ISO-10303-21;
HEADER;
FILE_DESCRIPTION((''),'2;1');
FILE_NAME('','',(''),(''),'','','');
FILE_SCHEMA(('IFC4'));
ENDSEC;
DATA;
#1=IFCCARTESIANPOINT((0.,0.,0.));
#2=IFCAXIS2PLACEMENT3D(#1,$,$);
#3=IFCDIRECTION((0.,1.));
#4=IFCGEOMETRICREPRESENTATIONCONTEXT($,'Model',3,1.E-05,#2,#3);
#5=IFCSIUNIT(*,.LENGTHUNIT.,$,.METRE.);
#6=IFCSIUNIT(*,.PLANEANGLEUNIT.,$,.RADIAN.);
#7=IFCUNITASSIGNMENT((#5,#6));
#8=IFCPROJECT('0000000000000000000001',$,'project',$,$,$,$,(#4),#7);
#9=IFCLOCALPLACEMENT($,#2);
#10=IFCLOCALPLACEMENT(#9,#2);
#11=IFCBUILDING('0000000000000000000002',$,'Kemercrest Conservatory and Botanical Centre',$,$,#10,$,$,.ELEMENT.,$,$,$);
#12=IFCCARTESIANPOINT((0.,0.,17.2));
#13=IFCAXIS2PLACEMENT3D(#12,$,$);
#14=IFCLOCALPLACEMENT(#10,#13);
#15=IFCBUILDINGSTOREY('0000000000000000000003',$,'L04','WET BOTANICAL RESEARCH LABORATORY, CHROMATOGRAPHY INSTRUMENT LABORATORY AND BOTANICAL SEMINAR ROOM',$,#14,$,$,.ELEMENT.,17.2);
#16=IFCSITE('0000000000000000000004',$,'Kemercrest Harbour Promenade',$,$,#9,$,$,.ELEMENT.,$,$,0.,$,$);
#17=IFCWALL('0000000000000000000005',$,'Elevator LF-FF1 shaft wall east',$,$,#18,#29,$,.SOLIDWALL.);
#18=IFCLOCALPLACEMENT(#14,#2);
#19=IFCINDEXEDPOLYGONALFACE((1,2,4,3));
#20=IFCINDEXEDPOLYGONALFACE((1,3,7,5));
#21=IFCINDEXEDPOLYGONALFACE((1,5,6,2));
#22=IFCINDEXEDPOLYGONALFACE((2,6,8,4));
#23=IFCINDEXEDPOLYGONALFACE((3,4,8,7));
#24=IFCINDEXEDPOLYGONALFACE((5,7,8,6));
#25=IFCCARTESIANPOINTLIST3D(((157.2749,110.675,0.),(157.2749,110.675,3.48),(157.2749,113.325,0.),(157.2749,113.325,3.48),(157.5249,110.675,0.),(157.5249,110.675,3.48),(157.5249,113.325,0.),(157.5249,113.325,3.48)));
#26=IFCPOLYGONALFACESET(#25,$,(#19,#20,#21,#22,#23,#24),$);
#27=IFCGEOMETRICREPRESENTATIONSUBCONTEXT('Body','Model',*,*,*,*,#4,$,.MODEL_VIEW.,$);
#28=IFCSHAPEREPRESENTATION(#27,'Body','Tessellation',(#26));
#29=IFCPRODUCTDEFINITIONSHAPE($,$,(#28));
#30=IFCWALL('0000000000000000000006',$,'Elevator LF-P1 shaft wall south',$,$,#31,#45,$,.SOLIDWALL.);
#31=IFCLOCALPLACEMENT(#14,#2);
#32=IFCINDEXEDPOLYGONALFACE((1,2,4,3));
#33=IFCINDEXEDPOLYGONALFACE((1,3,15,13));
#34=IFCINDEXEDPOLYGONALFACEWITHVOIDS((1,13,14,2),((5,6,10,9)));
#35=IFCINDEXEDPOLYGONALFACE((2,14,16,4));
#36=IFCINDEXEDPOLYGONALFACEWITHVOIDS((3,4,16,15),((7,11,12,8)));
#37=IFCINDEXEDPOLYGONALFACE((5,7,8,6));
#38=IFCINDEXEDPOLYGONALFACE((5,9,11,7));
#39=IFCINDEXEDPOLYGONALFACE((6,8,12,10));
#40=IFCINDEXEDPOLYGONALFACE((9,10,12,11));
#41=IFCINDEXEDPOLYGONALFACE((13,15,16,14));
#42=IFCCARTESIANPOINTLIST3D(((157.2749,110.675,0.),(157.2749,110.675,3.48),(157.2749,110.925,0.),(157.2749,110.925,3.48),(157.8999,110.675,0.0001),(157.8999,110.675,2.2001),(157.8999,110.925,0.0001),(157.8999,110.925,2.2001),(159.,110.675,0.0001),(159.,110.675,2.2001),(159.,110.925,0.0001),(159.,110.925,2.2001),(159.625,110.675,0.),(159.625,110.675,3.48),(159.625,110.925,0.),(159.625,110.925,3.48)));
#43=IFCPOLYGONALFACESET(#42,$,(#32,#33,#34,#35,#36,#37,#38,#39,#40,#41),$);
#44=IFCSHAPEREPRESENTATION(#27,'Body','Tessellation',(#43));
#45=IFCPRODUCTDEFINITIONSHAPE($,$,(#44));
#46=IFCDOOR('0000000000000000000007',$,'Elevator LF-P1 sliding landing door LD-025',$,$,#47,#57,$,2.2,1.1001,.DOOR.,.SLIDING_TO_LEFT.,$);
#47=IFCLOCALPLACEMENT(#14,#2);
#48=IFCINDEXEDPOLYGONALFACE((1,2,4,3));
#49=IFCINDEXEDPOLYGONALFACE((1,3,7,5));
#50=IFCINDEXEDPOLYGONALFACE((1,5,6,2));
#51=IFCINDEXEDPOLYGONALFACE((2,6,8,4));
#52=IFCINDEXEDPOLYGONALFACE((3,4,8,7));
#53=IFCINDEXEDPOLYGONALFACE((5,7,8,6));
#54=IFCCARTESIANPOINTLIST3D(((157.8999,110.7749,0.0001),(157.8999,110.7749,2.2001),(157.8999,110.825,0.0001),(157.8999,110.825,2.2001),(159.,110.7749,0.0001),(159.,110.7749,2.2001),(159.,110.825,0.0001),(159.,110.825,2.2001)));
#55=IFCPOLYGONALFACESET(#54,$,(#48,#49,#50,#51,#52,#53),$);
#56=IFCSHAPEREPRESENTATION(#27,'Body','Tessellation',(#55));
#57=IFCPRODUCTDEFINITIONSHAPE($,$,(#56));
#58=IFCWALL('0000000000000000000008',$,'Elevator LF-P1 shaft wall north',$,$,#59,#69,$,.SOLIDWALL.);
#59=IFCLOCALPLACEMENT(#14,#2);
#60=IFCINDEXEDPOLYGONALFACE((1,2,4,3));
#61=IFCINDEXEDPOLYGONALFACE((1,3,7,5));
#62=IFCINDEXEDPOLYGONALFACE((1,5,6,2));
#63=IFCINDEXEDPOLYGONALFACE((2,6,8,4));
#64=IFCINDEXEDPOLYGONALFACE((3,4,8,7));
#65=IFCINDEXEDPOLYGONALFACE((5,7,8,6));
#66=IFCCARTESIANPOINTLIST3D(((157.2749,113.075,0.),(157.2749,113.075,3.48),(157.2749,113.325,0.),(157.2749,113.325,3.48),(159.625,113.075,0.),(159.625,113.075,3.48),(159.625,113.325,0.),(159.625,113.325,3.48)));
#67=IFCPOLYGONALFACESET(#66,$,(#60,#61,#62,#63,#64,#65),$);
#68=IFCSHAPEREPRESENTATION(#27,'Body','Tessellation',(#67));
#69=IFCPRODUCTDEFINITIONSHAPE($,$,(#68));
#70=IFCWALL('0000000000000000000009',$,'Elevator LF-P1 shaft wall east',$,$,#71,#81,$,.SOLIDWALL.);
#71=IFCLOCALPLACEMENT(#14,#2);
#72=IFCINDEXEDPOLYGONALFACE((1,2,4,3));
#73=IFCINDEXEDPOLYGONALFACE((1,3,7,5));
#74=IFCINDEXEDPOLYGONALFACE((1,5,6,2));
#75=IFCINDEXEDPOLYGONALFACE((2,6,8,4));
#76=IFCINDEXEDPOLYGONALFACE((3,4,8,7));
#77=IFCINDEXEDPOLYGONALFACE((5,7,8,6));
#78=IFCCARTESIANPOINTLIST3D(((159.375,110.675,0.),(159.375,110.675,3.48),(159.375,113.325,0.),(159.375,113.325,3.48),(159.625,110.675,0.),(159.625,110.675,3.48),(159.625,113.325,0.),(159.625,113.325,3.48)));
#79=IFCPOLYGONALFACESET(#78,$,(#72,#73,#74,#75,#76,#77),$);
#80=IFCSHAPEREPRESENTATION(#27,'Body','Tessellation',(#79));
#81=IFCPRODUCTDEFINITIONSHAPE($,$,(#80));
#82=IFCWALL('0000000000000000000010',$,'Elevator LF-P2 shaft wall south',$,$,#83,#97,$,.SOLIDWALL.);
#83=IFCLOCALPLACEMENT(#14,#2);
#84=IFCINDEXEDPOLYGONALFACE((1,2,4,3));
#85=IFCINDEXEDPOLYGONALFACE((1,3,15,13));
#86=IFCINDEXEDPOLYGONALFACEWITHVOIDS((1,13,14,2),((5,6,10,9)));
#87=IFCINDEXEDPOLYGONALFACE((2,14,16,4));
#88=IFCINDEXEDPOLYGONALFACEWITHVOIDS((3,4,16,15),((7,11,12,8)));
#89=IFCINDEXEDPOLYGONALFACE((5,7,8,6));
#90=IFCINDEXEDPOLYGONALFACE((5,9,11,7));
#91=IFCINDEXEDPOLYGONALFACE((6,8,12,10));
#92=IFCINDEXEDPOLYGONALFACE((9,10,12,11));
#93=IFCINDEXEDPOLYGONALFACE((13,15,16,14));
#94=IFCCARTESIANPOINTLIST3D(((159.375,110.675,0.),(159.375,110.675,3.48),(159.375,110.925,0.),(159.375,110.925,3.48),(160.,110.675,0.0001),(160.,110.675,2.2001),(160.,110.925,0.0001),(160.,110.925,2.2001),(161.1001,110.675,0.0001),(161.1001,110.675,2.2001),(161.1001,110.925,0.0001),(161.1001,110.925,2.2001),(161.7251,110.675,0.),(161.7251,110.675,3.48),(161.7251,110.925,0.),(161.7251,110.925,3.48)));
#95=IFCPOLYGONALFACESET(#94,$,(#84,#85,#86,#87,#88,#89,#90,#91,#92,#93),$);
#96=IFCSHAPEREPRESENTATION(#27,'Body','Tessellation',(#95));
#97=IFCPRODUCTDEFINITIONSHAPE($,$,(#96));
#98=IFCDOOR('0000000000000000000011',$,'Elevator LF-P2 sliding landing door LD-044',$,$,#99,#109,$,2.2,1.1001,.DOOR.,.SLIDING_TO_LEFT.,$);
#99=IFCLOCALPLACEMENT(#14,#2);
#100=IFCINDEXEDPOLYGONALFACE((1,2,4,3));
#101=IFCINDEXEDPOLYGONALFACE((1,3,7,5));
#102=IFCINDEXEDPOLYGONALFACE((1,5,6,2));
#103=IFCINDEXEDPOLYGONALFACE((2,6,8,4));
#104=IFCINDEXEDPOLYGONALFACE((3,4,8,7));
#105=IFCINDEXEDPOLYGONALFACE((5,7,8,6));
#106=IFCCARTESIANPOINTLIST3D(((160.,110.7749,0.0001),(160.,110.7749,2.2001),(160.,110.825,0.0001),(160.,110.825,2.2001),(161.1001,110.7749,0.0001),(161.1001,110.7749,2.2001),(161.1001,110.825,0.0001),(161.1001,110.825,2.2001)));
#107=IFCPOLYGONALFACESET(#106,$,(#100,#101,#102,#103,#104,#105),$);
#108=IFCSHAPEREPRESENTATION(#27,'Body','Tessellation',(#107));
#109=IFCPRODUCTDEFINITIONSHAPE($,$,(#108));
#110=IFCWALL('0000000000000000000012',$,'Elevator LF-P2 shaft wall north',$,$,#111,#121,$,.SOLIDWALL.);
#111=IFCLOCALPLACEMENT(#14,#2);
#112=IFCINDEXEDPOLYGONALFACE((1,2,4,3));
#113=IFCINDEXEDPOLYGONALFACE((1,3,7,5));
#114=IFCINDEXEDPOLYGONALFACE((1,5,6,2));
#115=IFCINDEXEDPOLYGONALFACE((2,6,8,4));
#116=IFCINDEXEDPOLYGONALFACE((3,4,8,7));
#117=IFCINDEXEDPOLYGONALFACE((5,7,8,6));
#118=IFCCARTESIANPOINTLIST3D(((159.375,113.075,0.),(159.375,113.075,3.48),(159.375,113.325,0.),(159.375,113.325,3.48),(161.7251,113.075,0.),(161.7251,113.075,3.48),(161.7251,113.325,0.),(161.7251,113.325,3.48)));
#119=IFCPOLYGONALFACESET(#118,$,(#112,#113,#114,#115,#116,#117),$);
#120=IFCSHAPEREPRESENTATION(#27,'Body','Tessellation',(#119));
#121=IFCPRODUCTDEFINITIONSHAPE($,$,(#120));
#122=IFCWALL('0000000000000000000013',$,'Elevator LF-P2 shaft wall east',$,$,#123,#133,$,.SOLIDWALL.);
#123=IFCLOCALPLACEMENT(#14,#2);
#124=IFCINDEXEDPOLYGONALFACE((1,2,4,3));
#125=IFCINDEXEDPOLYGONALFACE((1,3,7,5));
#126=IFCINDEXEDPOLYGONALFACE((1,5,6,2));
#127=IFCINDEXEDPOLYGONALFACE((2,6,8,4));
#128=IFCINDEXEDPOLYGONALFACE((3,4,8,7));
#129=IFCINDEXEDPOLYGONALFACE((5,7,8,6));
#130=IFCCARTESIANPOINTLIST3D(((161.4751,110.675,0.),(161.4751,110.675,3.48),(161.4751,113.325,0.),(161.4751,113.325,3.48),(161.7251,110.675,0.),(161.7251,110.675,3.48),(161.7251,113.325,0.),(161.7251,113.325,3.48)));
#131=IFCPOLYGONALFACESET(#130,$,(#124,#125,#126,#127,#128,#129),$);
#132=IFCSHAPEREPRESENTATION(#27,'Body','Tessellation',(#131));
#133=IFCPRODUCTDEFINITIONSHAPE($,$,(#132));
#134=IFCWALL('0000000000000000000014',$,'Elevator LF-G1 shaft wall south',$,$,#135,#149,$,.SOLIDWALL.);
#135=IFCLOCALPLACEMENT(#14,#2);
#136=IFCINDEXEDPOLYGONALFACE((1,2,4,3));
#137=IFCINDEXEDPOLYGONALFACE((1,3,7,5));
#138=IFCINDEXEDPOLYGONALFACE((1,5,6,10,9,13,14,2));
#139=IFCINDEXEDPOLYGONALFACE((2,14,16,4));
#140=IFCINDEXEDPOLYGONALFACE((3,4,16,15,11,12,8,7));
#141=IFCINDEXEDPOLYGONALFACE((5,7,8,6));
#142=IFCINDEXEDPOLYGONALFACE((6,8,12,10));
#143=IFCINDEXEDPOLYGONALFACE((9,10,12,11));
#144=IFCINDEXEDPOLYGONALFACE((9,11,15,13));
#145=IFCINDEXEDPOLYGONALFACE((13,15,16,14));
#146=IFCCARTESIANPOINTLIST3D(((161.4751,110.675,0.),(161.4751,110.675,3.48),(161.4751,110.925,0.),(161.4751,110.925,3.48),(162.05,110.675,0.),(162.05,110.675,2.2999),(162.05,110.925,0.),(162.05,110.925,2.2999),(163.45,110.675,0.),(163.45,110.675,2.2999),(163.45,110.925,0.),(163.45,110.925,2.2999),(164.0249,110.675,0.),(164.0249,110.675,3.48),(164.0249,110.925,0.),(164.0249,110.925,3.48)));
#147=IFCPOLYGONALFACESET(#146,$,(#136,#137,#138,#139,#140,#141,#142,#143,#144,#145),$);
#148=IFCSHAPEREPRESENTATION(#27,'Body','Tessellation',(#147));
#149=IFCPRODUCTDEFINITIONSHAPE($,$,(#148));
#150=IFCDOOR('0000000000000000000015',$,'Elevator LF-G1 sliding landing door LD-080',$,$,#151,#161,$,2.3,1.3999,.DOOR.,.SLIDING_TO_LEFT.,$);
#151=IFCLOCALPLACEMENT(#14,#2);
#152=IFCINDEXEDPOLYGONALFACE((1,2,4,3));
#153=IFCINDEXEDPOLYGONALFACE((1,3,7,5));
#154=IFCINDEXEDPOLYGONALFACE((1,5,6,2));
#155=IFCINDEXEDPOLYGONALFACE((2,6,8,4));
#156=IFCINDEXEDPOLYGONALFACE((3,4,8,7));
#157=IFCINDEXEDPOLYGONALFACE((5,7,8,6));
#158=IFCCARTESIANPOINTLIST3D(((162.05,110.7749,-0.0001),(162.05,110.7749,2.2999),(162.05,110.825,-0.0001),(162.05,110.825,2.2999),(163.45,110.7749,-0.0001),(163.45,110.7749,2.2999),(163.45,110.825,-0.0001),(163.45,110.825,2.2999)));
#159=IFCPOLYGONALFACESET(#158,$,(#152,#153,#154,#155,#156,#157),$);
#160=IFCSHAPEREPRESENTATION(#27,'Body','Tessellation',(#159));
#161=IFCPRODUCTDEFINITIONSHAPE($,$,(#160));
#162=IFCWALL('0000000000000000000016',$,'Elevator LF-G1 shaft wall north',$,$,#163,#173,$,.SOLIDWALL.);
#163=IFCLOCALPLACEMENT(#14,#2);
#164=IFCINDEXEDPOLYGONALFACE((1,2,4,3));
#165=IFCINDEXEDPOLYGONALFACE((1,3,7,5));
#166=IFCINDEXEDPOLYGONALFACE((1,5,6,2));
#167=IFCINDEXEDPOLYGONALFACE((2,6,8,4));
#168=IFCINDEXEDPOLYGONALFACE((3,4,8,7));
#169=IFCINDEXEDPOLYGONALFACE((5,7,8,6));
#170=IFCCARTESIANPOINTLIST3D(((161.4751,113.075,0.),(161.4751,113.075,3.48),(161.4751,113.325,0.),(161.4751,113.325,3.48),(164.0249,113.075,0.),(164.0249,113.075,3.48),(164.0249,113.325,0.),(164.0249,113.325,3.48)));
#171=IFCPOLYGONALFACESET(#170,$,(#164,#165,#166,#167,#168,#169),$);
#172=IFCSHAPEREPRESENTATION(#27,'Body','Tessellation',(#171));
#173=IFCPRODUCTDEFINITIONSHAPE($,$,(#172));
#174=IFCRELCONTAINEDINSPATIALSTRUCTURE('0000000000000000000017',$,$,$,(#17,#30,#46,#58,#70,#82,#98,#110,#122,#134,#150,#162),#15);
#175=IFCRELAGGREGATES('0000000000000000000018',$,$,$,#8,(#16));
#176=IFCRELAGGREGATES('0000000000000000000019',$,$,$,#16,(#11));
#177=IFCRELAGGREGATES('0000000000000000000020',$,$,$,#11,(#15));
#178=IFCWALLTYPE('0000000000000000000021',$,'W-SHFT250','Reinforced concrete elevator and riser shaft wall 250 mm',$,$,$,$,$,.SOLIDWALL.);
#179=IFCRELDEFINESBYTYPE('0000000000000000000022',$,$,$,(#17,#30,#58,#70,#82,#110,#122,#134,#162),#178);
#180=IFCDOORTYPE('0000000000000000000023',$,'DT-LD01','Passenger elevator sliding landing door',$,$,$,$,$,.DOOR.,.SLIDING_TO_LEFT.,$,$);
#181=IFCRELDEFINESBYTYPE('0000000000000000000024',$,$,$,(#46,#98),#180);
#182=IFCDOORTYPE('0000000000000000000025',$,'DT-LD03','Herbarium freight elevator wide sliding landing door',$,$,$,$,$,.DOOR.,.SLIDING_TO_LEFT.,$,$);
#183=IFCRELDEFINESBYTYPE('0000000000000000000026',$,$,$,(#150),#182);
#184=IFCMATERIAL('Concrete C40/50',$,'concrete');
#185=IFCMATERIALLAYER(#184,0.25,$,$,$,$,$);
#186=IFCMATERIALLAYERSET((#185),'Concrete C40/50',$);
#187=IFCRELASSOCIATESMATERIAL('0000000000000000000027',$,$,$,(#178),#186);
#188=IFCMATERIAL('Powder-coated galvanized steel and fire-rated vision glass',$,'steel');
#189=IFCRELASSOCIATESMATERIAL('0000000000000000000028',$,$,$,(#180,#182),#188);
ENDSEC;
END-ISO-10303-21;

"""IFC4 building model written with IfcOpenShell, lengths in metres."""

from ifc_helpers import new_model, si_unit, direction, frame, frame_2d, origin, place, context, subcontext, project, spatial, rectangle, extrude, material, layer, layer_set, type_object, element, fill, save


model = new_model("IFC4")

# Units and contexts
model_context = context("Model", 3, precision=1e-05, world=origin(), true_north=direction((0.0, 1.0)))
body_context = subcontext(model_context, "Body", "Model", "MODEL_VIEW")
ifc_project = project(units=[si_unit("LENGTHUNIT", "METRE"), si_unit("PLANEANGLEUNIT", "RADIAN")], contexts=[model_context])

# Site, building, storey
site_placement = place(None, origin())
site = spatial("IfcSite", under=ifc_project, at=site_placement, Name="Kemercrest Harbour Promenade", CompositionType="ELEMENT", RefElevation=0.0)
building_placement = place(site_placement, origin())
building = spatial("IfcBuilding", under=site, at=building_placement, Name="Kemercrest Conservatory and Botanical Centre", CompositionType="ELEMENT")
storey_placement = place(building_placement, frame((0.0, 0.0, 17.2)))
storey = spatial("IfcBuildingStorey", under=building, at=storey_placement, Name="L04", Description="WET BOTANICAL RESEARCH LABORATORY, CHROMATOGRAPHY INSTRUMENT LABORATORY AND BOTANICAL SEMINAR ROOM", CompositionType="ELEMENT", Elevation=17.2)

# Shared definitions
ifc_material_1 = material(Name="Concrete C40/50", Category="concrete")

# Shared definitions
ifc_layer_1 = layer(ifc_material_1, 0.25)
ifc_layer_set_1 = layer_set([ifc_layer_1], Name="Concrete C40/50")
wall_type_1 = type_object("IfcWallType", Name="W-SHFT250", Description="Reinforced concrete elevator and riser shaft wall 250 mm", PredefinedType="SOLIDWALL", material=ifc_layer_set_1)
ifc_material_2 = material(Name="Powder-coated galvanized steel and fire-rated vision glass", Category="steel")

# Wall
wall_1_placement = place(storey_placement, frame((157.3999, 110.675, 0.0), z_axis=(0.0, 0.0, 1.0), x_axis=(0.0, 1.0, 0.0)))
element("IfcWall", 1, at=wall_1_placement, inside=storey, type_object=wall_type_1, Name="Elevator LF-FF1 shaft wall east", PredefinedType="SOLIDWALL", context=body_context, shape_type="SweptSolid", body=[
    extrude(rectangle(XDim=2.6499, YDim=0.25, at=frame_2d((1.325, 0.0))), origin(), (0.0, 0.0, 1.0), 3.48),
])

# Wall, opening, door
wall_2_placement = place(storey_placement, frame((157.2749, 110.8, 0.0), z_axis=(0.0, 0.0, 1.0), x_axis=(1.0, 0.0, 0.0)))
wall_2 = element("IfcWall", 2, at=wall_2_placement, inside=storey, type_object=wall_type_1, Name="Elevator LF-P1 shaft wall south", PredefinedType="SOLIDWALL", context=body_context, shape_type="SweptSolid", body=[
    extrude(rectangle(XDim=2.3501, YDim=0.25, at=frame_2d((1.175, 0.0))), origin(), (0.0, 0.0, 1.0), 3.48),
])
opening_1_placement = place(wall_2_placement, frame((0.625, 0.0, 0.0)))
opening_1 = element("IfcOpeningElement", 3, at=opening_1_placement, cuts=wall_2, PredefinedType="OPENING", context=body_context, shape_type="SweptSolid", body=[
    extrude(rectangle(XDim=1.1001, YDim=2.2, at=frame_2d((0.55, 1.1001))), frame((0.0, 0.135, 0.0), z_axis=(0.0, -1.0, 0.0), x_axis=(1.0, 0.0, 0.0)), (0.0, 0.0, 1.0), 0.27),
])
door_type_1 = type_object("IfcDoorType", Name="DT-LD01", Description="Passenger elevator sliding landing door", OperationType="SLIDING_TO_LEFT", PredefinedType="DOOR", material=ifc_material_2)
door_1_placement = place(opening_1_placement, origin())
door_1 = element("IfcDoor", 4, at=door_1_placement, inside=storey, type_object=door_type_1, Name="Elevator LF-P1 sliding landing door LD-025", OperationType="SLIDING_TO_LEFT", OverallHeight=2.2, OverallWidth=1.1001, PredefinedType="DOOR", context=body_context, shape_type="SweptSolid", body=[
    extrude(rectangle(XDim=1.1001, YDim=2.2, at=frame_2d((0.55, 1.1001))), frame((0.0, 0.0249, 0.0), z_axis=(0.0, -1.0, 0.0), x_axis=(1.0, 0.0, 0.0)), (0.0, 0.0, 1.0), 0.05),
])
fill(opening_1, door_1)

# Walls
wall_3_placement = place(storey_placement, frame((157.2749, 113.2, 0.0), z_axis=(0.0, 0.0, 1.0), x_axis=(1.0, 0.0, 0.0)))
element("IfcWall", 5, at=wall_3_placement, inside=storey, type_object=wall_type_1, Name="Elevator LF-P1 shaft wall north", PredefinedType="SOLIDWALL", context=body_context, shape_type="SweptSolid", body=[
    extrude(rectangle(XDim=2.3501, YDim=0.25, at=frame_2d((1.175, 0.0))), origin(), (0.0, 0.0, 1.0), 3.48),
])
wall_4_placement = place(storey_placement, frame((159.5, 110.675, 0.0), z_axis=(0.0, 0.0, 1.0), x_axis=(0.0, 1.0, 0.0)))
element("IfcWall", 6, at=wall_4_placement, inside=storey, type_object=wall_type_1, Name="Elevator LF-P1 shaft wall east", PredefinedType="SOLIDWALL", context=body_context, shape_type="SweptSolid", body=[
    extrude(rectangle(XDim=2.6499, YDim=0.25, at=frame_2d((1.325, 0.0))), origin(), (0.0, 0.0, 1.0), 3.48),
])

# Wall, opening, door
wall_5_placement = place(storey_placement, frame((159.375, 110.8, 0.0), z_axis=(0.0, 0.0, 1.0), x_axis=(1.0, 0.0, 0.0)))
wall_5 = element("IfcWall", 7, at=wall_5_placement, inside=storey, type_object=wall_type_1, Name="Elevator LF-P2 shaft wall south", PredefinedType="SOLIDWALL", context=body_context, shape_type="SweptSolid", body=[
    extrude(rectangle(XDim=2.3501, YDim=0.25, at=frame_2d((1.175, 0.0))), origin(), (0.0, 0.0, 1.0), 3.48),
])
opening_2_placement = place(wall_5_placement, frame((0.625, 0.0, 0.0)))
opening_2 = element("IfcOpeningElement", 8, at=opening_2_placement, cuts=wall_5, PredefinedType="OPENING", context=body_context, shape_type="SweptSolid", body=[
    extrude(rectangle(XDim=1.1001, YDim=2.2, at=frame_2d((0.55, 1.1001))), frame((0.0, 0.135, 0.0), z_axis=(0.0, -1.0, 0.0), x_axis=(1.0, 0.0, 0.0)), (0.0, 0.0, 1.0), 0.27),
])
door_2_placement = place(opening_2_placement, origin())
door_2 = element("IfcDoor", 9, at=door_2_placement, inside=storey, type_object=door_type_1, Name="Elevator LF-P2 sliding landing door LD-044", OperationType="SLIDING_TO_LEFT", OverallHeight=2.2, OverallWidth=1.1001, PredefinedType="DOOR", context=body_context, shape_type="SweptSolid", body=[
    extrude(rectangle(XDim=1.1001, YDim=2.2, at=frame_2d((0.55, 1.1001))), frame((0.0, 0.0249, 0.0), z_axis=(0.0, -1.0, 0.0), x_axis=(1.0, 0.0, 0.0)), (0.0, 0.0, 1.0), 0.05),
])
fill(opening_2, door_2)

# Walls
wall_6_placement = place(storey_placement, frame((159.375, 113.2, 0.0), z_axis=(0.0, 0.0, 1.0), x_axis=(1.0, 0.0, 0.0)))
element("IfcWall", 10, at=wall_6_placement, inside=storey, type_object=wall_type_1, Name="Elevator LF-P2 shaft wall north", PredefinedType="SOLIDWALL", context=body_context, shape_type="SweptSolid", body=[
    extrude(rectangle(XDim=2.3501, YDim=0.25, at=frame_2d((1.175, 0.0))), origin(), (0.0, 0.0, 1.0), 3.48),
])
wall_7_placement = place(storey_placement, frame((161.6001, 110.675, 0.0), z_axis=(0.0, 0.0, 1.0), x_axis=(0.0, 1.0, 0.0)))
element("IfcWall", 11, at=wall_7_placement, inside=storey, type_object=wall_type_1, Name="Elevator LF-P2 shaft wall east", PredefinedType="SOLIDWALL", context=body_context, shape_type="SweptSolid", body=[
    extrude(rectangle(XDim=2.6499, YDim=0.25, at=frame_2d((1.325, 0.0))), origin(), (0.0, 0.0, 1.0), 3.48),
])

# Wall, opening, door
wall_8_placement = place(storey_placement, frame((161.4751, 110.8, 0.0), z_axis=(0.0, 0.0, 1.0), x_axis=(1.0, 0.0, 0.0)))
wall_8 = element("IfcWall", 12, at=wall_8_placement, inside=storey, type_object=wall_type_1, Name="Elevator LF-G1 shaft wall south", PredefinedType="SOLIDWALL", context=body_context, shape_type="SweptSolid", body=[
    extrude(rectangle(XDim=2.5498, YDim=0.25, at=frame_2d((1.2749, 0.0))), origin(), (0.0, 0.0, 1.0), 3.48),
])
opening_3_placement = place(wall_8_placement, frame((0.575, 0.0, 0.0)))
opening_3 = element("IfcOpeningElement", 13, at=opening_3_placement, cuts=wall_8, PredefinedType="OPENING", context=body_context, shape_type="SweptSolid", body=[
    extrude(rectangle(XDim=1.3999, YDim=2.3, at=frame_2d((0.7, 1.1499))), frame((0.0, 0.135, 0.0), z_axis=(0.0, -1.0, 0.0), x_axis=(1.0, 0.0, 0.0)), (0.0, 0.0, 1.0), 0.27),
])
door_type_2 = type_object("IfcDoorType", Name="DT-LD03", Description="Herbarium freight elevator wide sliding landing door", OperationType="SLIDING_TO_LEFT", PredefinedType="DOOR", material=ifc_material_2)
door_3_placement = place(opening_3_placement, origin())
door_3 = element("IfcDoor", 14, at=door_3_placement, inside=storey, type_object=door_type_2, Name="Elevator LF-G1 sliding landing door LD-080", OperationType="SLIDING_TO_LEFT", OverallHeight=2.3, OverallWidth=1.3999, PredefinedType="DOOR", context=body_context, shape_type="SweptSolid", body=[
    extrude(rectangle(XDim=1.3999, YDim=2.3, at=frame_2d((0.7, 1.1499))), frame((0.0, 0.0249, 0.0), z_axis=(0.0, -1.0, 0.0), x_axis=(1.0, 0.0, 0.0)), (0.0, 0.0, 1.0), 0.05),
])
fill(opening_3, door_3)

# Wall
wall_9_placement = place(storey_placement, frame((161.4751, 113.2, 0.0), z_axis=(0.0, 0.0, 1.0), x_axis=(1.0, 0.0, 0.0)))
element("IfcWall", 15, at=wall_9_placement, inside=storey, type_object=wall_type_1, Name="Elevator LF-G1 shaft wall north", PredefinedType="SOLIDWALL", context=body_context, shape_type="SweptSolid", body=[
    extrude(rectangle(XDim=2.5498, YDim=0.25, at=frame_2d((1.2749, 0.0))), origin(), (0.0, 0.0, 1.0), 3.48),
])

save(model, "model.ifc")
